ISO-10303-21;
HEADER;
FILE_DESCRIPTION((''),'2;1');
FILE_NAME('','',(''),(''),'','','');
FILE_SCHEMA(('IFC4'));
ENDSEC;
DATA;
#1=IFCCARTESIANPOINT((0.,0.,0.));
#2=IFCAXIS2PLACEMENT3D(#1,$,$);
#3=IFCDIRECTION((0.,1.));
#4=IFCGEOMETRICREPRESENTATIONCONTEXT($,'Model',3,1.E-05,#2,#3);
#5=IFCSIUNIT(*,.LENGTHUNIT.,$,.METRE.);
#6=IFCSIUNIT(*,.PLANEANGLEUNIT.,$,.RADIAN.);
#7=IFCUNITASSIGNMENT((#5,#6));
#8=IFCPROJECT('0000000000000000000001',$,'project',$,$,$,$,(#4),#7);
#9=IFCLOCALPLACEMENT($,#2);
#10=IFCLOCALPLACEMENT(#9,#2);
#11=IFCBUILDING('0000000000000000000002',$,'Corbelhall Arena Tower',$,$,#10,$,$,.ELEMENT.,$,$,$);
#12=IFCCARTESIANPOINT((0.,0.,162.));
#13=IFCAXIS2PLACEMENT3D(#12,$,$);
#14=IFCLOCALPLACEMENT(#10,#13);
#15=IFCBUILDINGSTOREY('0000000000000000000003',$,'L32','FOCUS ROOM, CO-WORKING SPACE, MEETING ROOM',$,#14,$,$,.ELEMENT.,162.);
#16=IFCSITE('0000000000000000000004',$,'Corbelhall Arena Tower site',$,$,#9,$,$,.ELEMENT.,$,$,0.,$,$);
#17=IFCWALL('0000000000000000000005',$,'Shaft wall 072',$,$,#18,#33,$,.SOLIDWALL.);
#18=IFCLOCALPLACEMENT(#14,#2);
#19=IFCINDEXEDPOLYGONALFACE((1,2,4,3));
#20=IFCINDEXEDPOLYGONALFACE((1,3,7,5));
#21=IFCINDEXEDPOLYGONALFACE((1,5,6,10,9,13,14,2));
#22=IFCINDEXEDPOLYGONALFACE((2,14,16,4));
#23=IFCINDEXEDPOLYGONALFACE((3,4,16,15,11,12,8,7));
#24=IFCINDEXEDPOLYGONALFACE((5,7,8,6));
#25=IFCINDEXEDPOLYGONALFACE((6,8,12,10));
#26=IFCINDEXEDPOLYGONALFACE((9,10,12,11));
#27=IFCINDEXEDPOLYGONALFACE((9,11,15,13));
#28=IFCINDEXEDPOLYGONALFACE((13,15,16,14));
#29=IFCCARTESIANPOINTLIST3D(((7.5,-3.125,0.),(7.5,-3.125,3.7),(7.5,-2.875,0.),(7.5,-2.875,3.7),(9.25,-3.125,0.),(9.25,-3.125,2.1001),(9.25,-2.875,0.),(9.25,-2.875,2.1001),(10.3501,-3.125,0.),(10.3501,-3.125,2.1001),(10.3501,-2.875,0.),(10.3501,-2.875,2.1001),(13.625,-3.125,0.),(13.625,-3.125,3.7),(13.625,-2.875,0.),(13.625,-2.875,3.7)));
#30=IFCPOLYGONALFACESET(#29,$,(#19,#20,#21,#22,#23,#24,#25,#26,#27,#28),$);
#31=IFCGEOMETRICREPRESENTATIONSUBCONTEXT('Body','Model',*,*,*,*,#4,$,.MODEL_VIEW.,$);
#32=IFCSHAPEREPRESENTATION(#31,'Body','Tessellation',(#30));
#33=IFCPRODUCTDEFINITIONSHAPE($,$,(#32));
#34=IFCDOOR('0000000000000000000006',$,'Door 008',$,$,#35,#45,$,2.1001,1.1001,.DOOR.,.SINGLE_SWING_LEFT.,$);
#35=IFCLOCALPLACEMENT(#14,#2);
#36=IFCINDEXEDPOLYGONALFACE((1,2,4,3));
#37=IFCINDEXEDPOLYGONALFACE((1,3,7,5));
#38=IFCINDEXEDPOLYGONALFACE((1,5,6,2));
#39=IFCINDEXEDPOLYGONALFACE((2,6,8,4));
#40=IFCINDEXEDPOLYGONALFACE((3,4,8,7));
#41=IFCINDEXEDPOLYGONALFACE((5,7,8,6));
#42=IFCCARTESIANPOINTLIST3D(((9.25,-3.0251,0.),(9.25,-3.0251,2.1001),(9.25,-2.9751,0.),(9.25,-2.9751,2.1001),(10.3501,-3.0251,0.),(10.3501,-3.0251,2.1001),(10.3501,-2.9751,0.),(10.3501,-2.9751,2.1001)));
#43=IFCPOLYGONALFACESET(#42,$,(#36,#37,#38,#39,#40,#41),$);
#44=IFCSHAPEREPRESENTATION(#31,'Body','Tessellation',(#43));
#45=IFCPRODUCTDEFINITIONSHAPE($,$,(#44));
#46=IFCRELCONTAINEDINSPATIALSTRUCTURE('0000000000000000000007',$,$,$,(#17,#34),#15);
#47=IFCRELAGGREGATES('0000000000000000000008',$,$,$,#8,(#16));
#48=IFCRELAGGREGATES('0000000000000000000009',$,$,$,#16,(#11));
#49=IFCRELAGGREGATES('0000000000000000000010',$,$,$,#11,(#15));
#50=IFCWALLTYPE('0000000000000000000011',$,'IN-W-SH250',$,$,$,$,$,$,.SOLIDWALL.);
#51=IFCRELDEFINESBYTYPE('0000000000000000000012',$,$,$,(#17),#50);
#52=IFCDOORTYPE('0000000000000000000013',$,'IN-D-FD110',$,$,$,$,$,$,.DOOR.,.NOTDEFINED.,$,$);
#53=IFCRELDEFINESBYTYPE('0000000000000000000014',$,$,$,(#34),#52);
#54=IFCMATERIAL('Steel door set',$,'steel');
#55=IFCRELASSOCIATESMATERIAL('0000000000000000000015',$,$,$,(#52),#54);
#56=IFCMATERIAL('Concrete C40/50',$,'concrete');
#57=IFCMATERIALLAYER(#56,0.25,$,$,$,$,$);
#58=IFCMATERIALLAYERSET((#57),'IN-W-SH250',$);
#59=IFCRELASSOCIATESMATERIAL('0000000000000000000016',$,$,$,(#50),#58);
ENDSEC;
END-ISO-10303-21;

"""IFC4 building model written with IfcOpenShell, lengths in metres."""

from ifc_helpers import new_model, si_unit, direction, frame, frame_2d, origin, place, context, subcontext, project, spatial, rectangle, extrude, material, layer, layer_set, type_object, element, fill, save


model = new_model("IFC4")

# Units and contexts
model_context = context("Model", 3, precision=1e-05, world=origin(), true_north=direction((0.0, 1.0)))
body_context = subcontext(model_context, "Body", "Model", "MODEL_VIEW")
ifc_project = project(units=[si_unit("LENGTHUNIT", "METRE"), si_unit("PLANEANGLEUNIT", "RADIAN")], contexts=[model_context])

# Site, building, storey
site_placement = place(None, origin())
site = spatial("IfcSite", under=ifc_project, at=site_placement, Name="Corbelhall Arena Tower site", CompositionType="ELEMENT", RefElevation=0.0)
building_placement = place(site_placement, origin())
building = spatial("IfcBuilding", under=site, at=building_placement, Name="Corbelhall Arena Tower", CompositionType="ELEMENT")
storey_placement = place(building_placement, frame((0.0, 0.0, 162.0)))
storey = spatial("IfcBuildingStorey", under=building, at=storey_placement, Name="L32", Description="FOCUS ROOM, CO-WORKING SPACE, MEETING ROOM", CompositionType="ELEMENT", Elevation=162.0)

# Shared definitions
ifc_material_1 = material(Name="Concrete C40/50", Category="concrete")

# Shared definitions
ifc_material_2 = material(Name="Steel door set", Category="steel")
door_type = type_object("IfcDoorType", Name="IN-D-FD110", OperationType="NOTDEFINED", PredefinedType="DOOR", material=ifc_material_2)

# Wall, opening, door
ifc_layer_1 = layer(ifc_material_1, 0.25)
ifc_layer_set_1 = layer_set([ifc_layer_1], Name="IN-W-SH250")
wall_type_1 = type_object("IfcWallType", Name="IN-W-SH250", PredefinedType="SOLIDWALL", material=ifc_layer_set_1)
wall_1_placement = place(storey_placement, frame((7.5, -3.0, 0.0), z_axis=(0.0, 0.0, 1.0), x_axis=(1.0, 0.0, 0.0)))
wall_1 = element("IfcWall", 1, at=wall_1_placement, inside=storey, type_object=wall_type_1, Name="Shaft wall 072", PredefinedType="SOLIDWALL", context=body_context, shape_type="SweptSolid", body=[
    extrude(rectangle(XDim=6.125, YDim=0.25, at=frame_2d((3.0625, 0.0))), origin(), (0.0, 0.0, 1.0), 3.7),
])
opening_1_placement = place(wall_1_placement, frame((1.75, 0.0, 0.0)))
opening_1 = element("IfcOpeningElement", 2, at=opening_1_placement, cuts=wall_1, PredefinedType="OPENING", context=body_context, shape_type="SweptSolid", body=[
    extrude(rectangle(XDim=1.1001, YDim=2.1001, at=frame_2d((0.55, 1.05))), frame((0.0, 0.125, 0.0), z_axis=(0.0, -1.0, 0.0), x_axis=(1.0, 0.0, 0.0)), (0.0, 0.0, 1.0), 0.25),
])
door_1_placement = place(opening_1_placement, origin())
door_1 = element("IfcDoor", 3, at=door_1_placement, inside=storey, type_object=door_type, Name="Door 008", OperationType="SINGLE_SWING_LEFT", OverallHeight=2.1001, OverallWidth=1.1001, PredefinedType="DOOR", context=body_context, shape_type="SweptSolid", body=[
    extrude(rectangle(XDim=1.1001, YDim=2.1001, at=frame_2d((0.55, 1.05))), frame((0.0, 0.0249, 0.0), z_axis=(0.0, -1.0, 0.0), x_axis=(1.0, 0.0, 0.0)), (0.0, 0.0, 1.0), 0.05),
])
fill(opening_1, door_1)

save(model, "model.ifc")
